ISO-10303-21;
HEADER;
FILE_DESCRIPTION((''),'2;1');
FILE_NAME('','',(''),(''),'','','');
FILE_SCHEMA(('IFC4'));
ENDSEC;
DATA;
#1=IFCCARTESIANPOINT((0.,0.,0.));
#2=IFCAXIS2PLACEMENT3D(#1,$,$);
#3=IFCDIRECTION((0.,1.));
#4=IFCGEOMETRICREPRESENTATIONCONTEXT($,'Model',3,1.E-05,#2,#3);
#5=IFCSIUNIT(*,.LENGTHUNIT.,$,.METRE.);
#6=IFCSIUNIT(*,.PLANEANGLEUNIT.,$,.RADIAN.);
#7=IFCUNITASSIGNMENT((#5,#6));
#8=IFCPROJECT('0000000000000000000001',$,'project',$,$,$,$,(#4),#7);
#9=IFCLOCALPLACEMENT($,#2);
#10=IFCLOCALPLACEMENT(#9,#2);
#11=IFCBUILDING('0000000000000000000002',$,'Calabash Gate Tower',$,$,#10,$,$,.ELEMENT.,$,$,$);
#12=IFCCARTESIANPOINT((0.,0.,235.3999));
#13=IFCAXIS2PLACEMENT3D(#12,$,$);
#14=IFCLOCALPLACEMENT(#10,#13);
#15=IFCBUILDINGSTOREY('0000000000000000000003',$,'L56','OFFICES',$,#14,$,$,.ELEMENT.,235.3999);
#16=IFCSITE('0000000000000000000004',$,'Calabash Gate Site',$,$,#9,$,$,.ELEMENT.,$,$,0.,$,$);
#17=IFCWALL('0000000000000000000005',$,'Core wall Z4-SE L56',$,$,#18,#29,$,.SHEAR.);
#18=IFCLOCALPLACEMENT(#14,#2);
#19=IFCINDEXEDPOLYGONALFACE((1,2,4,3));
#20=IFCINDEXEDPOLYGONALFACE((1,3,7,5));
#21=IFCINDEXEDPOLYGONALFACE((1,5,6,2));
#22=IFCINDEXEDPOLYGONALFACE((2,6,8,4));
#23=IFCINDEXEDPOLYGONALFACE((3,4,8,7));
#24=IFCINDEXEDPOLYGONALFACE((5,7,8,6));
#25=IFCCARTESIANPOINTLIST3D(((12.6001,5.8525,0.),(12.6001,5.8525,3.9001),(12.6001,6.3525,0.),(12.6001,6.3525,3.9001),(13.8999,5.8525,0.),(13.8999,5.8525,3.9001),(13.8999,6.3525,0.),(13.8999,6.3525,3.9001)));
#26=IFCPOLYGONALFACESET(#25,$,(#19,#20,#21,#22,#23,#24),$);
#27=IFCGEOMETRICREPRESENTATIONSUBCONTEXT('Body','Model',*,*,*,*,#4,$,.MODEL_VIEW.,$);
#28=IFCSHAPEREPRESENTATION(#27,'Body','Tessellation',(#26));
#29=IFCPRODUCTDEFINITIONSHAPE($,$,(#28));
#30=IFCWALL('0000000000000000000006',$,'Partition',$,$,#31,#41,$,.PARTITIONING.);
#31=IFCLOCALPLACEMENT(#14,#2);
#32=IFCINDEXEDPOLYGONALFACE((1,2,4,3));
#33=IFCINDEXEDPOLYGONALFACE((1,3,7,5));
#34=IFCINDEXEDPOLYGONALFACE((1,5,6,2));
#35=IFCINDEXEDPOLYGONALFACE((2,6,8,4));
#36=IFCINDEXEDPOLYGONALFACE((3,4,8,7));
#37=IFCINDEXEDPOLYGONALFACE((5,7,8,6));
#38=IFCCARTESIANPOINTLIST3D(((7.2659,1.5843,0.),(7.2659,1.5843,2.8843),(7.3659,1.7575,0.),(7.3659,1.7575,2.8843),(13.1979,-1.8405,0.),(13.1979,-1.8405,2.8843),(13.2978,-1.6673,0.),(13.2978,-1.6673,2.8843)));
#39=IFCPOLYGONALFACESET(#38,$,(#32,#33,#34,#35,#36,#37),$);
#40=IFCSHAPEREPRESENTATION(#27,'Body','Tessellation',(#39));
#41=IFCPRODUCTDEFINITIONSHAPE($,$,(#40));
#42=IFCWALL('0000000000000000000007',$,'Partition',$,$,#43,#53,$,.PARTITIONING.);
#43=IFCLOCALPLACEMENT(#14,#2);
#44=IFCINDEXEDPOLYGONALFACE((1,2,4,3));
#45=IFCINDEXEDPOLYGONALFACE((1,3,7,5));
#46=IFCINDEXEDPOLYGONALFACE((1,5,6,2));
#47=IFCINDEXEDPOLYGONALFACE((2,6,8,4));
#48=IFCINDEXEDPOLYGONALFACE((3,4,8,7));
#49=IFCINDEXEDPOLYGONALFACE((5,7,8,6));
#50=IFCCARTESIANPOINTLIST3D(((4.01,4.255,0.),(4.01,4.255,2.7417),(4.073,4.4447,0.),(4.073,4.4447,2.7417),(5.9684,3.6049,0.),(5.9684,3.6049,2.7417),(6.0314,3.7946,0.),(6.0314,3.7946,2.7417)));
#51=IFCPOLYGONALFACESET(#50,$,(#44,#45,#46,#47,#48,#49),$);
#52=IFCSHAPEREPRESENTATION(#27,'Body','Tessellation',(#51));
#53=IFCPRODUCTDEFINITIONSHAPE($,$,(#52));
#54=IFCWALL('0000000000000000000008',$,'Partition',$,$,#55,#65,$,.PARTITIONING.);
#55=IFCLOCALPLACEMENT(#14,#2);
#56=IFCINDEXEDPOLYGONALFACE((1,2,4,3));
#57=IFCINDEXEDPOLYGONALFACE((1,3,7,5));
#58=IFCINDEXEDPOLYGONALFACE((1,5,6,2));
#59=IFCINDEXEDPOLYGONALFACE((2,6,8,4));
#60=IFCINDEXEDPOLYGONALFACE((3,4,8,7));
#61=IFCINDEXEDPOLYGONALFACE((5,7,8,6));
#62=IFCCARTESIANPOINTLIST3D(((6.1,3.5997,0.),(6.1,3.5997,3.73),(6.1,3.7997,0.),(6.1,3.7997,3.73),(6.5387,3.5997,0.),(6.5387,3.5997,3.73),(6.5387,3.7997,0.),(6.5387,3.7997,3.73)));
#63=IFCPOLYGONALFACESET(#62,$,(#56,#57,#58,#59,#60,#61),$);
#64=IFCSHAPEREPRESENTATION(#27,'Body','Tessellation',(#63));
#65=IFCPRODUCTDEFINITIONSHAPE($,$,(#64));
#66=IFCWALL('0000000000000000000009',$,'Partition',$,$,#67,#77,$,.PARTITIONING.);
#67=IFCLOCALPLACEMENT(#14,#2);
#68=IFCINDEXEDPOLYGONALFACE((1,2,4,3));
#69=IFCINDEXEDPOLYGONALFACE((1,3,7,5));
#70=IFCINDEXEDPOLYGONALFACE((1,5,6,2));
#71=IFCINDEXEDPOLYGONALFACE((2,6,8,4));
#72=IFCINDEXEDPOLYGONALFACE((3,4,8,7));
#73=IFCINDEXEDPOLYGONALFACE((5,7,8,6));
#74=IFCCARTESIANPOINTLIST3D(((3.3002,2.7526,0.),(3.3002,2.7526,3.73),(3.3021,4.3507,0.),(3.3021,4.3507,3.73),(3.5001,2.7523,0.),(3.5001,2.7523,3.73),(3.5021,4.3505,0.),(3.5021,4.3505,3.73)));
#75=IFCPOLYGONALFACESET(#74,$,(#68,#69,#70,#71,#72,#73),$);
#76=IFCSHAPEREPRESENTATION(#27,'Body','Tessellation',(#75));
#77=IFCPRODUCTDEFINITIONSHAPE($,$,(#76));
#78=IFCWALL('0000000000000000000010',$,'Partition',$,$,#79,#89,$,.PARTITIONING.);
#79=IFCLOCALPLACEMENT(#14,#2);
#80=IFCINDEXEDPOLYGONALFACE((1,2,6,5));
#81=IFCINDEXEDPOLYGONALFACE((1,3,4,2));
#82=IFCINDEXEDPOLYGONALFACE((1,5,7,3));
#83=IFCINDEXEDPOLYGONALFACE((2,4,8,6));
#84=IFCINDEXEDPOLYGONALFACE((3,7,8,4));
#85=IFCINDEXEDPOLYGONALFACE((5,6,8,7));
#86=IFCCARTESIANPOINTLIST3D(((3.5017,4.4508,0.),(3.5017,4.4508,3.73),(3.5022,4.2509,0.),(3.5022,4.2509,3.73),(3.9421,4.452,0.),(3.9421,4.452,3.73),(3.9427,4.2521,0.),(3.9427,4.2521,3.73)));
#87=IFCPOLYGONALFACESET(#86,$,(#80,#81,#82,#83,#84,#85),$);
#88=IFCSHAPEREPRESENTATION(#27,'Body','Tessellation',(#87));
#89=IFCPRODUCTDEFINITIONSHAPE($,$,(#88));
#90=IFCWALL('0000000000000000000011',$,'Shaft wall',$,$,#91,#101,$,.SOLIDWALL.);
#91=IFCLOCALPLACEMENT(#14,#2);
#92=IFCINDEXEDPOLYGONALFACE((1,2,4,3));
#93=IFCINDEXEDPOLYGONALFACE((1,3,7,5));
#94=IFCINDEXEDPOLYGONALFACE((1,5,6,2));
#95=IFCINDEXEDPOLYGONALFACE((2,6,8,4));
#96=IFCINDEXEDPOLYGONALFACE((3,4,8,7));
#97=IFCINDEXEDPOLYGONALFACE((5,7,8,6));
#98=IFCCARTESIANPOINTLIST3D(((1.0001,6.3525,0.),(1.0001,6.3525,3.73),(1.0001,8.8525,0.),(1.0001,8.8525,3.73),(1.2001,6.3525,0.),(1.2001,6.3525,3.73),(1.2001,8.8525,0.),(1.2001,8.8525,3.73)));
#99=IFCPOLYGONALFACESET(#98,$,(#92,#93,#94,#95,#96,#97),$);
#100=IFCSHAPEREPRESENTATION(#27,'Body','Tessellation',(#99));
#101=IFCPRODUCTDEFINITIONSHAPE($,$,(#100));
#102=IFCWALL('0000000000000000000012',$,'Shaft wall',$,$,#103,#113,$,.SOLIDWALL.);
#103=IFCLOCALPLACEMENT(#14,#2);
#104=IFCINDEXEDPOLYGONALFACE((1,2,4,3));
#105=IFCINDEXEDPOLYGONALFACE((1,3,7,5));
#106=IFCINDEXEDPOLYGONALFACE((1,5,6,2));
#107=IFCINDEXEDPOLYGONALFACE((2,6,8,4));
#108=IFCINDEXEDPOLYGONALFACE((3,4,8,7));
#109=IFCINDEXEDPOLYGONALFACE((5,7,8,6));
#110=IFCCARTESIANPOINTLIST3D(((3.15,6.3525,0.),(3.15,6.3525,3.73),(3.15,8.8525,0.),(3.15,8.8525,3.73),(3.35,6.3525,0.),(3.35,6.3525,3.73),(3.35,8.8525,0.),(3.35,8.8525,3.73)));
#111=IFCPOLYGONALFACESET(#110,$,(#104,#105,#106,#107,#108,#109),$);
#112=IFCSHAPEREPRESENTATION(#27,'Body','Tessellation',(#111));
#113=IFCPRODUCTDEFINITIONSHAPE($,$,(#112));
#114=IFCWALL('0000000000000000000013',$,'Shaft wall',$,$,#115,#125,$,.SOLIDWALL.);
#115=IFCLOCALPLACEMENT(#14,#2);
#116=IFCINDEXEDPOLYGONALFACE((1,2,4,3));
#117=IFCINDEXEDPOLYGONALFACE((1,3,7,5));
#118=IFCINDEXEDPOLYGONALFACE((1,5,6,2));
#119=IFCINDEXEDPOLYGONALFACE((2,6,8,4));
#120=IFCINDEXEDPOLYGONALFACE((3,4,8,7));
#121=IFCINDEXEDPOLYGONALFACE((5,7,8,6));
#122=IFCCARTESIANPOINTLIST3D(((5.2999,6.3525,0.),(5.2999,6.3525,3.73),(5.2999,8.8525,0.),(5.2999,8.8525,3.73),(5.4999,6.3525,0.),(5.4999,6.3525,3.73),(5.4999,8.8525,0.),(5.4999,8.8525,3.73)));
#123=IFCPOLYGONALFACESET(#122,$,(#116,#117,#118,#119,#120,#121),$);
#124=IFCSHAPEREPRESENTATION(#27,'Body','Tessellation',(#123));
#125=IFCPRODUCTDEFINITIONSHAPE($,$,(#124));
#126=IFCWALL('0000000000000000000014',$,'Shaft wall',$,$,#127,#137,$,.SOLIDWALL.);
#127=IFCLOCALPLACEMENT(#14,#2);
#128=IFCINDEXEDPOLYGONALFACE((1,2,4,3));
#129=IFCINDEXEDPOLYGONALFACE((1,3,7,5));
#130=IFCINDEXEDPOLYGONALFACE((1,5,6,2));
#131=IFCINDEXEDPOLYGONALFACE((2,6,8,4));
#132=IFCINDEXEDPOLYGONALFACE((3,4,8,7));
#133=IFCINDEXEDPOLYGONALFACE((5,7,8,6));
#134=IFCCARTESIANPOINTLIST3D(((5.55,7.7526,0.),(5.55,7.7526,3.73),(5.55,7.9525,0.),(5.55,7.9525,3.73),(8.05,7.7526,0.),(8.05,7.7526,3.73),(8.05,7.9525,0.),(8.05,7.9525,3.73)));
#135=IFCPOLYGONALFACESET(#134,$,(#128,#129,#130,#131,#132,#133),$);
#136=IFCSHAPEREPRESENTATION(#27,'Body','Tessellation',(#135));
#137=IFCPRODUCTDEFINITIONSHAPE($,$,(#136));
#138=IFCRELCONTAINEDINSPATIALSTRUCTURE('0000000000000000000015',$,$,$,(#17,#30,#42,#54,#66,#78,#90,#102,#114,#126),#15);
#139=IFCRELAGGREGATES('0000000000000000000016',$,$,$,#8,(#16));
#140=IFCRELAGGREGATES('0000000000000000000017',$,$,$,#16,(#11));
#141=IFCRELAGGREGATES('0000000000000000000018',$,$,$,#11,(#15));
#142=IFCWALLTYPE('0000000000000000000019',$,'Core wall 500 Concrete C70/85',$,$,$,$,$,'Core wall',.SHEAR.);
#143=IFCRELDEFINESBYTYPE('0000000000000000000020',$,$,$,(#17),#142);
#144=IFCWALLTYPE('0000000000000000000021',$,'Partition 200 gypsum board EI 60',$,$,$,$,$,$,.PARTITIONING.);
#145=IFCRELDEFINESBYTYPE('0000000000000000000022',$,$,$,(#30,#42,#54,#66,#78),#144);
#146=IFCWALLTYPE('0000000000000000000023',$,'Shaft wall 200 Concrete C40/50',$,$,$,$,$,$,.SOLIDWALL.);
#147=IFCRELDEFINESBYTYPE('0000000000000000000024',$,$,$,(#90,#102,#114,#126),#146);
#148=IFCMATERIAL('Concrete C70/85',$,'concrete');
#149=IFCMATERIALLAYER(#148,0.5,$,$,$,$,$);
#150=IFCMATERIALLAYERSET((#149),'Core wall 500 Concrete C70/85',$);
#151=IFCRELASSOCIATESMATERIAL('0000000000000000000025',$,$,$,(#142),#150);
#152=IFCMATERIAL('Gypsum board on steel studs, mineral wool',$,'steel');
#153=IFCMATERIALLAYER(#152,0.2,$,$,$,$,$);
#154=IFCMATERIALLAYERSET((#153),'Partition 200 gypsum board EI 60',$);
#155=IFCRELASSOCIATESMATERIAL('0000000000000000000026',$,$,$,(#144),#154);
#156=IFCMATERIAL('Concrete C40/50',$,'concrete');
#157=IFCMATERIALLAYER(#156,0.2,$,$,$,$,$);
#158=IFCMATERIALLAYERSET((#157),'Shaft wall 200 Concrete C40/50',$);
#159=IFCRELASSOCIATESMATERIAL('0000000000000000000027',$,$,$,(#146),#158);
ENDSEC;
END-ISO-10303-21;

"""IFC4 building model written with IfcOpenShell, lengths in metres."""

from ifc_helpers import new_model, si_unit, direction, frame, frame_2d, origin, place, context, subcontext, project, spatial, rectangle, extrude, material, layer, layer_set, type_object, element, save


model = new_model("IFC4")

# Units and contexts
model_context = context("Model", 3, precision=1e-05, world=origin(), true_north=direction((0.0, 1.0)))
body_context = subcontext(model_context, "Body", "Model", "MODEL_VIEW")
ifc_project = project(units=[si_unit("LENGTHUNIT", "METRE"), si_unit("PLANEANGLEUNIT", "RADIAN")], contexts=[model_context])

# Site, building, storey
site_placement = place(None, origin())
site = spatial("IfcSite", under=ifc_project, at=site_placement, Name="Calabash Gate Site", CompositionType="ELEMENT", RefElevation=0.0)
building_placement = place(site_placement, origin())
building = spatial("IfcBuilding", under=site, at=building_placement, Name="Calabash Gate Tower", CompositionType="ELEMENT")
storey_placement = place(building_placement, frame((0.0, 0.0, 235.3999)))
storey = spatial("IfcBuildingStorey", under=building, at=storey_placement, Name="L56", Description="OFFICES", CompositionType="ELEMENT", Elevation=235.3999)

# Shared definitions
ifc_material_1 = material(Name="Concrete C70/85", Category="concrete")
ifc_layer_1 = layer(ifc_material_1, 0.5)
ifc_layer_set_1 = layer_set([ifc_layer_1], Name="Core wall 500 Concrete C70/85")
wall_type_1 = type_object("IfcWallType", Name="Core wall 500 Concrete C70/85", ElementType="Core wall", PredefinedType="SHEAR", material=ifc_layer_set_1)

# Walls
wall_1_placement = place(storey_placement, frame((12.6001, 6.1025, 0.0), z_axis=(0.0, 0.0, 1.0), x_axis=(1.0, 0.0, 0.0)))
element("IfcWall", 1, at=wall_1_placement, inside=storey, type_object=wall_type_1, Name="Core wall Z4-SE L56", PredefinedType="SHEAR", context=body_context, shape_type="SweptSolid", body=[
    extrude(rectangle(XDim=1.2998, YDim=0.5, at=frame_2d((0.6499, 0.0))), origin(), (0.0, 0.0, 1.0), 3.9001),
])
ifc_material_2 = material(Name="Gypsum board on steel studs, mineral wool", Category="steel")
ifc_layer_2 = layer(ifc_material_2, 0.2)
ifc_layer_set_2 = layer_set([ifc_layer_2], Name="Partition 200 gypsum board EI 60")
wall_type_2 = type_object("IfcWallType", Name="Partition 200 gypsum board EI 60", PredefinedType="PARTITIONING", material=ifc_layer_set_2)
wall_2_placement = place(storey_placement, frame((7.3159, 1.6709, 0.0), z_axis=(0.0, 0.0, 1.0), x_axis=(0.866024, -0.500003, 0.0)))
element("IfcWall", 2, at=wall_2_placement, inside=storey, type_object=wall_type_2, Name="Partition", PredefinedType="PARTITIONING", context=body_context, shape_type="SweptSolid", body=[
    extrude(rectangle(XDim=6.8496, YDim=0.2, at=frame_2d((3.4248, 0.0))), origin(), (0.0, 0.0, 1.0), 2.8843),
])
wall_3_placement = place(storey_placement, frame((4.0415, 4.3499, 0.0), z_axis=(0.0, 0.0, 1.0), x_axis=(0.949073, -0.315056, 0.0)))
element("IfcWall", 3, at=wall_3_placement, inside=storey, type_object=wall_type_2, Name="Partition", PredefinedType="PARTITIONING", context=body_context, shape_type="SweptSolid", body=[
    extrude(rectangle(XDim=2.0635, YDim=0.2, at=frame_2d((1.0317, 0.0))), origin(), (0.0, 0.0, 1.0), 2.7417),
])
wall_4_placement = place(storey_placement, frame((6.1001, 3.6997, 0.0), z_axis=(0.0, 0.0, 1.0), x_axis=(1.0, 0.0, 0.0)))
element("IfcWall", 4, at=wall_4_placement, inside=storey, type_object=wall_type_2, Name="Partition", PredefinedType="PARTITIONING", context=body_context, shape_type="SweptSolid", body=[
    extrude(rectangle(XDim=0.4387, YDim=0.2, at=frame_2d((0.2192, 0.0))), origin(), (0.0, 0.0, 1.0), 3.73),
])

# Walls
wall_5_placement = place(storey_placement, frame((3.4001, 2.7524, 0.0), z_axis=(0.0, 0.0, 1.0), x_axis=(0.001222, 0.999999, 0.0)))
element("IfcWall", 5, at=wall_5_placement, inside=storey, type_object=wall_type_2, Name="Partition", PredefinedType="PARTITIONING", context=body_context, shape_type="SweptSolid", body=[
    extrude(rectangle(XDim=1.5981, YDim=0.2, at=frame_2d((0.7991, 0.0))), origin(), (0.0, 0.0, 1.0), 3.73),
])
wall_6_placement = place(storey_placement, frame((3.502, 4.3508, 0.0), z_axis=(0.0, 0.0, 1.0), x_axis=(0.999996, 0.002772, 0.0)))
element("IfcWall", 6, at=wall_6_placement, inside=storey, type_object=wall_type_2, Name="Partition", PredefinedType="PARTITIONING", context=body_context, shape_type="SweptSolid", body=[
    extrude(rectangle(XDim=0.4404, YDim=0.2, at=frame_2d((0.2202, 0.0))), origin(), (0.0, 0.0, 1.0), 3.73),
])
ifc_material_3 = material(Name="Concrete C40/50", Category="concrete")
ifc_layer_3 = layer(ifc_material_3, 0.2)
ifc_layer_set_3 = layer_set([ifc_layer_3], Name="Shaft wall 200 Concrete C40/50")
wall_type_3 = type_object("IfcWallType", Name="Shaft wall 200 Concrete C40/50", PredefinedType="SOLIDWALL", material=ifc_layer_set_3)
for number, where, z_axis, x_axis, name in (
    (7, (1.1001, 6.3525, 0.0), (0.0, 0.0, 1.0), (0.0, 1.0, 0.0), "Shaft wall"),
    (8, (3.25, 6.3525, 0.0), (0.0, 0.0, 1.0), (0.0, 1.0, 0.0), "Shaft wall"),
    (9, (5.3999, 6.3525, 0.0), (0.0, 0.0, 1.0), (0.0, 1.0, 0.0), "Shaft wall"),
    (10, (5.55, 7.8525, 0.0), (0.0, 0.0, 1.0), (1.0, 0.0, 0.0), "Shaft wall"),
):
    element("IfcWall", number, at=place(storey_placement, frame(where, z_axis=z_axis, x_axis=x_axis)), inside=storey, type_object=wall_type_3, Name=name, PredefinedType="SOLIDWALL", context=body_context, shape_type="SweptSolid", body=[
        extrude(rectangle(XDim=2.5, YDim=0.2, at=frame_2d((1.25, 0.0))), origin(), (0.0, 0.0, 1.0), 3.73),
    ])

save(model, "model.ifc")
